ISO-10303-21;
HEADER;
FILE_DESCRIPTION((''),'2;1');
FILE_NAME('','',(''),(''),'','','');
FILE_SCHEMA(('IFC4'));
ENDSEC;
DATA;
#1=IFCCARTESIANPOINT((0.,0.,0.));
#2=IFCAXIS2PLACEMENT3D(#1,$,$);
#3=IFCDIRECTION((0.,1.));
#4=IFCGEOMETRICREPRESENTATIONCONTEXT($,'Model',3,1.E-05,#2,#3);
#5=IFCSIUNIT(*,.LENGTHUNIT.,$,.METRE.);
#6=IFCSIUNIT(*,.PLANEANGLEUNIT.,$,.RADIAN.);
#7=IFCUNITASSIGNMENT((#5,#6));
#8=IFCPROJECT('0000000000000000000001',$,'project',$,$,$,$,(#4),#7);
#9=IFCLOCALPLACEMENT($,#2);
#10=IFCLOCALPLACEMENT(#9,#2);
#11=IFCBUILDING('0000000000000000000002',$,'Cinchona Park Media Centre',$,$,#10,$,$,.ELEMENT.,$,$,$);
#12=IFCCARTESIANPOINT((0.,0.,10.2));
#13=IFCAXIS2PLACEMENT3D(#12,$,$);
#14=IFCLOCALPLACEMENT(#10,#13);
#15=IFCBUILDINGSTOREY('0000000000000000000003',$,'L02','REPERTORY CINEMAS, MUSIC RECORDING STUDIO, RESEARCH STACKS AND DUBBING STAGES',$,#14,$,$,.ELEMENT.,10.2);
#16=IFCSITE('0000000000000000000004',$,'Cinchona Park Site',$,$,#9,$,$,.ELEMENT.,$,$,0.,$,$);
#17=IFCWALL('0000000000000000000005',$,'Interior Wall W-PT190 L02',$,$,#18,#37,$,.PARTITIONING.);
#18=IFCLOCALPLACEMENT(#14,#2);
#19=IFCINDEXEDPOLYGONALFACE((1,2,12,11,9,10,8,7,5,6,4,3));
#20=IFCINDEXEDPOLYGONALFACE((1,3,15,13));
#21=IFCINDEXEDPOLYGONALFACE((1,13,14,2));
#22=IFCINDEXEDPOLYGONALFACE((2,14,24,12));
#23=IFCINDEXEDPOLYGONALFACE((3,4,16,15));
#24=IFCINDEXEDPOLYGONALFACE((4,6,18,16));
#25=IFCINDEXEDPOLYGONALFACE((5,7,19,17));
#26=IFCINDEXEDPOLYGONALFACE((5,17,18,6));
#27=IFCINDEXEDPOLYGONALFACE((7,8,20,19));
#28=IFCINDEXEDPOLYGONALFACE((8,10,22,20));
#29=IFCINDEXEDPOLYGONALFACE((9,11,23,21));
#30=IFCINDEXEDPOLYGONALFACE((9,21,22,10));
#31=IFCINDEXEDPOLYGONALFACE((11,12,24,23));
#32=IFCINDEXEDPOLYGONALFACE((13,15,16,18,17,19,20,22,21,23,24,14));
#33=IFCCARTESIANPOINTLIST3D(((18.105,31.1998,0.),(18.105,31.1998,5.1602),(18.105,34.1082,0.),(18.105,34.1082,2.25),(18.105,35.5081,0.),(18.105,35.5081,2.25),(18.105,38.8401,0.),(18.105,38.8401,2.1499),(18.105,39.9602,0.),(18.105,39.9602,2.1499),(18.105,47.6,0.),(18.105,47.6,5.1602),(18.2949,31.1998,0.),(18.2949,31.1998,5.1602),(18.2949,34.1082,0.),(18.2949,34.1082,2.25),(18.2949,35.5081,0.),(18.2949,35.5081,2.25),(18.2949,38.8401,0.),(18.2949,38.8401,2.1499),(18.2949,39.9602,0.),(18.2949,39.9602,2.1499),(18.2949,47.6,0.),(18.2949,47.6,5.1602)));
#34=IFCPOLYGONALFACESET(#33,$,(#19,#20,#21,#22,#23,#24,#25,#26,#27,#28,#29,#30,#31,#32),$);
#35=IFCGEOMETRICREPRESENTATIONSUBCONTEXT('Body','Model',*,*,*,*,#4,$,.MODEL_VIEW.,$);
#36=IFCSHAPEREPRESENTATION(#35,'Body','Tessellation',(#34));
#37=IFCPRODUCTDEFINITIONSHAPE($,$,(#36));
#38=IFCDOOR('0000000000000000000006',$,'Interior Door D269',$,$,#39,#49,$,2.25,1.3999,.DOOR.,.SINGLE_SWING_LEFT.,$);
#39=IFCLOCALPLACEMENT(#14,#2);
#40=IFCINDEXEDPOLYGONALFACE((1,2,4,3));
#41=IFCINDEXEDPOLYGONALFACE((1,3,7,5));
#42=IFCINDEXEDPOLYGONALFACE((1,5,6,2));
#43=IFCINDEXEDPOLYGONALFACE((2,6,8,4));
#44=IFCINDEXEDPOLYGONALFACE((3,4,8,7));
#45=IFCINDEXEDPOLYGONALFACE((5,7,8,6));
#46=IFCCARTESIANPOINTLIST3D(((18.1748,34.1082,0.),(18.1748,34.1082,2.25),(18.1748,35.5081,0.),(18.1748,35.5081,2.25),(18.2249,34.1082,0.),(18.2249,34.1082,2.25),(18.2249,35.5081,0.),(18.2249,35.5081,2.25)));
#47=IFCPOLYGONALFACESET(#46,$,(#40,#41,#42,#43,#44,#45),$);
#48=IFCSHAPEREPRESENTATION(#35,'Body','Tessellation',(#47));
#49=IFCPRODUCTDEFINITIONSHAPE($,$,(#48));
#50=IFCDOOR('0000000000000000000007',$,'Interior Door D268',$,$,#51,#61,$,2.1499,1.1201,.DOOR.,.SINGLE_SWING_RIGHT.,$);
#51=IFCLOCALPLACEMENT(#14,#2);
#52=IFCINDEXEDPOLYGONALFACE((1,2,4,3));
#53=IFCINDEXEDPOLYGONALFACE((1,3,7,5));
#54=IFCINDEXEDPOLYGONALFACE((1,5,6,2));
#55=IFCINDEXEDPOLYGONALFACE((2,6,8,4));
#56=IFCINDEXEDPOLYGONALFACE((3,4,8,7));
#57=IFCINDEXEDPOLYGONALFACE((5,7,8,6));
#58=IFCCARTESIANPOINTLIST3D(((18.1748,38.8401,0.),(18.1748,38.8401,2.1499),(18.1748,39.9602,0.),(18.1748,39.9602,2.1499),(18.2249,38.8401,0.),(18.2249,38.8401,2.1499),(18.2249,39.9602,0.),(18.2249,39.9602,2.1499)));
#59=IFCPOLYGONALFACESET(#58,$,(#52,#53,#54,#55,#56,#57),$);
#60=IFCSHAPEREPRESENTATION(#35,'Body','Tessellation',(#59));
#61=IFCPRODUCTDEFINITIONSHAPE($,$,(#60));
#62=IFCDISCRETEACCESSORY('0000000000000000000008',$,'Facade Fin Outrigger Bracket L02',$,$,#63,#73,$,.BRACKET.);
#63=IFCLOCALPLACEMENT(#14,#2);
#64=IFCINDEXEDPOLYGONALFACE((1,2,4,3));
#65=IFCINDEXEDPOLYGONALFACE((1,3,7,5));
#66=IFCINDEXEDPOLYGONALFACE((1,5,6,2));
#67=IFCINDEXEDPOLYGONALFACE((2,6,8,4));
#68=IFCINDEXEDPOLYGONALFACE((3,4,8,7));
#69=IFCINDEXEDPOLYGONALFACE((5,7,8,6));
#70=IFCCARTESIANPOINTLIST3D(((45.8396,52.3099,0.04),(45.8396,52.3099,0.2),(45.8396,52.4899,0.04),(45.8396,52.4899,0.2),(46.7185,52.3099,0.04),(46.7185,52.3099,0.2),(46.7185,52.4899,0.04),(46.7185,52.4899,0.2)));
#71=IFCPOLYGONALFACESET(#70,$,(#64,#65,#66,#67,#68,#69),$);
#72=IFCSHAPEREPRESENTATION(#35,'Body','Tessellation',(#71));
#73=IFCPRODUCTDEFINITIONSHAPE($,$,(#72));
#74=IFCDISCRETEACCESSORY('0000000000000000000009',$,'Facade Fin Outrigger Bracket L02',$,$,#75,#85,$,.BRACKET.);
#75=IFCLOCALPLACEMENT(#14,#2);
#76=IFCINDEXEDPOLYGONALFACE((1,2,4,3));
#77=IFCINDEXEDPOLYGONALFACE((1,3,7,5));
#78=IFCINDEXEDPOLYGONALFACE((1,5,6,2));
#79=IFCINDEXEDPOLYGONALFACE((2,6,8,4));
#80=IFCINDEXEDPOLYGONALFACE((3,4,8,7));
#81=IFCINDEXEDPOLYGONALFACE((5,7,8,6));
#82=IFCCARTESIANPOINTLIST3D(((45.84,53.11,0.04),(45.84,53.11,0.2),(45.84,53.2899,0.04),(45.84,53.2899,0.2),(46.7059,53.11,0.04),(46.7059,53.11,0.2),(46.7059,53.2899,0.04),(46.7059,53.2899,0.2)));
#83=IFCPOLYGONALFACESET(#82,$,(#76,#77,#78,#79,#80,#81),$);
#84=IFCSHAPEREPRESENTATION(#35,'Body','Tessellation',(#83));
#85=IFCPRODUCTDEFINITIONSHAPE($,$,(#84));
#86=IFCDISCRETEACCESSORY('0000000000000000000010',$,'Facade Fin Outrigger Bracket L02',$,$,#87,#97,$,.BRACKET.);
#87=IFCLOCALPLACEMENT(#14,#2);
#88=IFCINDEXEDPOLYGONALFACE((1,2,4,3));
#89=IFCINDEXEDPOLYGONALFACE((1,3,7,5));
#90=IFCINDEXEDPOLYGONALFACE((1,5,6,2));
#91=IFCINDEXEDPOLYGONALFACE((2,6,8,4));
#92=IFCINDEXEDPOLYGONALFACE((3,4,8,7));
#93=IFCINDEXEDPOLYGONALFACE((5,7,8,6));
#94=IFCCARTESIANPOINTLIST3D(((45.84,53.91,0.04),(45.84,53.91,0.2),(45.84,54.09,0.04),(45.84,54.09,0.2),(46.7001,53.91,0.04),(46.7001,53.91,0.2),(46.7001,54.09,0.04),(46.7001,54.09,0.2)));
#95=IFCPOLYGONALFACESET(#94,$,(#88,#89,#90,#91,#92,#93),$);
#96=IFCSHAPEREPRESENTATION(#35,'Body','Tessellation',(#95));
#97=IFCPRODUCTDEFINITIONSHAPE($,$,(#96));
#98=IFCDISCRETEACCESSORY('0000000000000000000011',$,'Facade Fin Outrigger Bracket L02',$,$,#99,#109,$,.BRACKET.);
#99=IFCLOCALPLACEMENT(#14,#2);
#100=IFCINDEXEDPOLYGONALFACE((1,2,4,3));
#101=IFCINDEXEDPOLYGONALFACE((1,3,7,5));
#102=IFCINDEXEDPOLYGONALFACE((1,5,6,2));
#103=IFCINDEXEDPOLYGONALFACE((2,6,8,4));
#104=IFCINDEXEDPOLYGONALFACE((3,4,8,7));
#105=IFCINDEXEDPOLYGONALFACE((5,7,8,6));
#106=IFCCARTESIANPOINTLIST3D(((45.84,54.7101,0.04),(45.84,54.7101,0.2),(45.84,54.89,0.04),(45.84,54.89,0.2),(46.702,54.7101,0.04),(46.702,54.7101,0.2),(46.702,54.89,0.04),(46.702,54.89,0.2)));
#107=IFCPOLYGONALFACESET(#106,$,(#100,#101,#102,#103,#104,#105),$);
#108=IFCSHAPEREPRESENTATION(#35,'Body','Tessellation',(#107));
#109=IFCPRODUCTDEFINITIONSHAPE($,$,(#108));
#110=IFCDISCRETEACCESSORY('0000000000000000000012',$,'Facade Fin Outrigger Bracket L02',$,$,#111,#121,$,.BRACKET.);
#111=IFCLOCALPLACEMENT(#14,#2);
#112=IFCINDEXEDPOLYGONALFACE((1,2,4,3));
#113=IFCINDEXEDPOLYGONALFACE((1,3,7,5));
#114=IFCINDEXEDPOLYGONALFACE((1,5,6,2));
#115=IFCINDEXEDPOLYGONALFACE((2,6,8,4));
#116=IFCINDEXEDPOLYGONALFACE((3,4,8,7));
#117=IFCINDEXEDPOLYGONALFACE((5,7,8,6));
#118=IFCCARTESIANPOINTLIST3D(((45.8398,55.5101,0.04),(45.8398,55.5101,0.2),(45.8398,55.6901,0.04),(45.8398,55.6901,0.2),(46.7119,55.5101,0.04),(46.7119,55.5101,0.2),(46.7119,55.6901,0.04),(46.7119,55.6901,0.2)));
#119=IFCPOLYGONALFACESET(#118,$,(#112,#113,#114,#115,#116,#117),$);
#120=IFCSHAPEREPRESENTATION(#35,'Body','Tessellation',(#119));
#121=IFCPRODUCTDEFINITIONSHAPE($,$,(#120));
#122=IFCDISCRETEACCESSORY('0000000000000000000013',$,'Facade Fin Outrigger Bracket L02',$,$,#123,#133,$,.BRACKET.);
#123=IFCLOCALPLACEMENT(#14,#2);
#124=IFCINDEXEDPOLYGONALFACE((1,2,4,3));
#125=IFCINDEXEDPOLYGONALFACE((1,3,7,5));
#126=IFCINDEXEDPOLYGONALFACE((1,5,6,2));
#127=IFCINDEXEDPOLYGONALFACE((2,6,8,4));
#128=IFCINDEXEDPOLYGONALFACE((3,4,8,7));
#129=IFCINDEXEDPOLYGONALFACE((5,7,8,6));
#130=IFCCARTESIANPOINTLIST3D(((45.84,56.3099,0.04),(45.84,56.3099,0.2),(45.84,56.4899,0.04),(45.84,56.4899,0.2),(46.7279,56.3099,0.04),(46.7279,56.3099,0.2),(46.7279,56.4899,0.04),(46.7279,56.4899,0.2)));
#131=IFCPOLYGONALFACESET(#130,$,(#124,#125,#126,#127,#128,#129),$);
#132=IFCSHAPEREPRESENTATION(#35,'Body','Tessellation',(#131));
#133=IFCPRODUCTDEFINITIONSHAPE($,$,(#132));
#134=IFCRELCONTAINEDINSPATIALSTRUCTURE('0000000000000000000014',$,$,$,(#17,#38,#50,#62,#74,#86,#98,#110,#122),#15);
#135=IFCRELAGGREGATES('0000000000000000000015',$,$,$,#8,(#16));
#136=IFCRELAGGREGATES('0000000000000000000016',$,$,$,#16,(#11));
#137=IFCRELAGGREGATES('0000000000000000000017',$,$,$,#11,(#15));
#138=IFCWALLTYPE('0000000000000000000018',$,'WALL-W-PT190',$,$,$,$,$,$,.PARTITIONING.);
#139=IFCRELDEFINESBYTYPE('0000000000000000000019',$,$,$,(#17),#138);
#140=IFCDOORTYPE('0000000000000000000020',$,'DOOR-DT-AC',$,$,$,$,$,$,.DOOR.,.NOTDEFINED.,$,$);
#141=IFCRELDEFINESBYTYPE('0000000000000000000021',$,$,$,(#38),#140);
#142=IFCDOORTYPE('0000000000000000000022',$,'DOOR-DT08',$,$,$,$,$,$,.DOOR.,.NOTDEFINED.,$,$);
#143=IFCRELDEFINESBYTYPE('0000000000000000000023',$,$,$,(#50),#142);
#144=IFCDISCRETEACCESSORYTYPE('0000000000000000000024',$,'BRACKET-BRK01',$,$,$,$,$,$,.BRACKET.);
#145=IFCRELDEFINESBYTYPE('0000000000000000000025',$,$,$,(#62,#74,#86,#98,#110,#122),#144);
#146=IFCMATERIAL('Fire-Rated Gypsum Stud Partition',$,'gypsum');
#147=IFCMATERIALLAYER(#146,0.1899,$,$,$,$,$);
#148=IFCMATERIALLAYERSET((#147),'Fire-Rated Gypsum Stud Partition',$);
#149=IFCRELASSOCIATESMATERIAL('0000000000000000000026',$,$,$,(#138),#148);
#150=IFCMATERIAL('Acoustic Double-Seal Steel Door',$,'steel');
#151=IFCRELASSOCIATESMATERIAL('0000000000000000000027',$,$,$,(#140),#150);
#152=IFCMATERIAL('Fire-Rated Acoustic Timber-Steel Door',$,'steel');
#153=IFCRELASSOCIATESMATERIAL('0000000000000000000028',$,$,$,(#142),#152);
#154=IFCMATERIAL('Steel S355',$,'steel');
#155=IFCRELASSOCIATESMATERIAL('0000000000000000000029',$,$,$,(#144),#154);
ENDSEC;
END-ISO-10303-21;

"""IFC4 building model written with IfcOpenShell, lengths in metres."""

from ifc_helpers import new_model, si_unit, direction, frame, frame_2d, origin, origin_2d, place, context, subcontext, project, spatial, rectangle, extrude, material, layer, layer_set, type_object, element, fill, save


model = new_model("IFC4")

# Units and contexts
model_context = context("Model", 3, precision=1e-05, world=origin(), true_north=direction((0.0, 1.0)))
body_context = subcontext(model_context, "Body", "Model", "MODEL_VIEW")
ifc_project = project(units=[si_unit("LENGTHUNIT", "METRE"), si_unit("PLANEANGLEUNIT", "RADIAN")], contexts=[model_context])

# Site, building, storey
site_placement = place(None, origin())
site = spatial("IfcSite", under=ifc_project, at=site_placement, Name="Cinchona Park Site", CompositionType="ELEMENT", RefElevation=0.0)
building_placement = place(site_placement, origin())
building = spatial("IfcBuilding", under=site, at=building_placement, Name="Cinchona Park Media Centre", CompositionType="ELEMENT")
storey_placement = place(building_placement, frame((0.0, 0.0, 10.2)))
storey = spatial("IfcBuildingStorey", under=building, at=storey_placement, Name="L02", Description="REPERTORY CINEMAS, MUSIC RECORDING STUDIO, RESEARCH STACKS AND DUBBING STAGES", CompositionType="ELEMENT", Elevation=10.2)

# Wall, openings, doors
ifc_material_1 = material(Name="Fire-Rated Gypsum Stud Partition", Category="gypsum")
ifc_layer_1 = layer(ifc_material_1, 0.1899)
ifc_layer_set_1 = layer_set([ifc_layer_1], Name="Fire-Rated Gypsum Stud Partition")
wall_type_1 = type_object("IfcWallType", Name="WALL-W-PT190", PredefinedType="PARTITIONING", material=ifc_layer_set_1)
wall_1_placement = place(storey_placement, frame((18.2, 47.6001, 0.0), z_axis=(0.0, 0.0, 1.0), x_axis=(0.0, -1.0, 0.0)))
wall_1 = element("IfcWall", 1, at=wall_1_placement, inside=storey, type_object=wall_type_1, Name="Interior Wall W-PT190 L02", PredefinedType="PARTITIONING", context=body_context, shape_type="SweptSolid", body=[
    extrude(rectangle(XDim=16.4001, YDim=0.1899, at=frame_2d((8.2002, 0.0))), origin(), (0.0, 0.0, 1.0), 5.1602),
])
opening_1_placement = place(wall_1_placement, frame((7.6399, 0.0, 0.0)))
opening_1 = element("IfcOpeningElement", 2, at=opening_1_placement, cuts=wall_1, PredefinedType="OPENING", context=body_context, shape_type="SweptSolid", body=[
    extrude(rectangle(XDim=1.1201, YDim=2.1499, at=frame_2d((0.5601, 1.075))), frame((0.0, 0.105, 0.0), z_axis=(0.0, -1.0, 0.0), x_axis=(1.0, 0.0, 0.0)), (0.0, 0.0, 1.0), 0.21),
])
opening_2_placement = place(wall_1_placement, frame((12.092, 0.0, 0.0)))
opening_2 = element("IfcOpeningElement", 3, at=opening_2_placement, cuts=wall_1, PredefinedType="OPENING", context=body_context, shape_type="SweptSolid", body=[
    extrude(rectangle(XDim=1.3999, YDim=2.25, at=frame_2d((0.7, 1.125))), frame((0.0, 0.105, 0.0), z_axis=(0.0, -1.0, 0.0), x_axis=(1.0, 0.0, 0.0)), (0.0, 0.0, 1.0), 0.21),
])
ifc_material_2 = material(Name="Acoustic Double-Seal Steel Door", Category="steel")
door_type_1 = type_object("IfcDoorType", Name="DOOR-DT-AC", OperationType="NOTDEFINED", PredefinedType="DOOR", material=ifc_material_2)
door_1_placement = place(opening_2_placement, origin())
door_1 = element("IfcDoor", 4, at=door_1_placement, inside=storey, type_object=door_type_1, Name="Interior Door D269", OperationType="SINGLE_SWING_LEFT", OverallHeight=2.25, OverallWidth=1.3999, PredefinedType="DOOR", context=body_context, shape_type="SweptSolid", body=[
    extrude(rectangle(XDim=1.3999, YDim=2.25, at=frame_2d((0.7, 1.125))), frame((0.0, 0.0249, 0.0), z_axis=(0.0, -1.0, 0.0), x_axis=(1.0, 0.0, 0.0)), (0.0, 0.0, 1.0), 0.05),
])
fill(opening_2, door_1)
ifc_material_3 = material(Name="Fire-Rated Acoustic Timber-Steel Door", Category="steel")
door_type_2 = type_object("IfcDoorType", Name="DOOR-DT08", OperationType="NOTDEFINED", PredefinedType="DOOR", material=ifc_material_3)
door_2_placement = place(opening_1_placement, origin())
door_2 = element("IfcDoor", 5, at=door_2_placement, inside=storey, type_object=door_type_2, Name="Interior Door D268", OperationType="SINGLE_SWING_RIGHT", OverallHeight=2.1499, OverallWidth=1.1201, PredefinedType="DOOR", context=body_context, shape_type="SweptSolid", body=[
    extrude(rectangle(XDim=1.1201, YDim=2.1499, at=frame_2d((0.5601, 1.075))), frame((0.0, 0.0249, 0.0), z_axis=(0.0, -1.0, 0.0), x_axis=(1.0, 0.0, 0.0)), (0.0, 0.0, 1.0), 0.05),
])
fill(opening_1, door_2)

# Discrete accessories
ifc_material_4 = material(Name="Steel S355", Category="steel")
discrete_accessory_type = type_object("IfcDiscreteAccessoryType", Name="BRACKET-BRK01", PredefinedType="BRACKET", material=ifc_material_4)
discrete_accessory_1_placement = place(storey_placement, frame((46.2791, 52.3999, 0.04), z_axis=(0.0, 0.0, 1.0), x_axis=(0.0, 1.0, 0.0)))
element("IfcDiscreteAccessory", 6, at=discrete_accessory_1_placement, inside=storey, type_object=discrete_accessory_type, Name="Facade Fin Outrigger Bracket L02", PredefinedType="BRACKET", context=body_context, shape_type="SweptSolid", body=[
    extrude(rectangle(XDim=0.1799, YDim=0.8789, at=origin_2d()), origin(), (0.0, 0.0, 1.0), 0.1599),
])
discrete_accessory_2_placement = place(storey_placement, frame((46.2729, 53.2, 0.04), z_axis=(0.0, 0.0, 1.0), x_axis=(0.0, 1.0, 0.0)))
element("IfcDiscreteAccessory", 7, at=discrete_accessory_2_placement, inside=storey, type_object=discrete_accessory_type, Name="Facade Fin Outrigger Bracket L02", PredefinedType="BRACKET", context=body_context, shape_type="SweptSolid", body=[
    extrude(rectangle(XDim=0.1799, YDim=0.866, at=origin_2d()), origin(), (0.0, 0.0, 1.0), 0.1599),
])
discrete_accessory_3_placement = place(storey_placement, frame((46.27, 54.0, 0.04), z_axis=(0.0, 0.0, 1.0), x_axis=(0.0, 1.0, 0.0)))
element("IfcDiscreteAccessory", 8, at=discrete_accessory_3_placement, inside=storey, type_object=discrete_accessory_type, Name="Facade Fin Outrigger Bracket L02", PredefinedType="BRACKET", context=body_context, shape_type="SweptSolid", body=[
    extrude(rectangle(XDim=0.1799, YDim=0.8601, at=origin_2d()), origin(), (0.0, 0.0, 1.0), 0.1599),
])
discrete_accessory_4_placement = place(storey_placement, frame((46.271, 54.8, 0.04), z_axis=(0.0, 0.0, 1.0), x_axis=(0.0, 1.0, 0.0)))
element("IfcDiscreteAccessory", 9, at=discrete_accessory_4_placement, inside=storey, type_object=discrete_accessory_type, Name="Facade Fin Outrigger Bracket L02", PredefinedType="BRACKET", context=body_context, shape_type="SweptSolid", body=[
    extrude(rectangle(XDim=0.1799, YDim=0.8621, at=origin_2d()), origin(), (0.0, 0.0, 1.0), 0.1599),
])
discrete_accessory_5_placement = place(storey_placement, frame((46.2759, 55.6001, 0.04), z_axis=(0.0, 0.0, 1.0), x_axis=(0.0, 1.0, 0.0)))
element("IfcDiscreteAccessory", 10, at=discrete_accessory_5_placement, inside=storey, type_object=discrete_accessory_type, Name="Facade Fin Outrigger Bracket L02", PredefinedType="BRACKET", context=body_context, shape_type="SweptSolid", body=[
    extrude(rectangle(XDim=0.1799, YDim=0.8721, at=origin_2d()), origin(), (0.0, 0.0, 1.0), 0.1599),
])
discrete_accessory_6_placement = place(storey_placement, frame((46.2839, 56.3999, 0.04), z_axis=(0.0, 0.0, 1.0), x_axis=(0.0, 1.0, 0.0)))
element("IfcDiscreteAccessory", 11, at=discrete_accessory_6_placement, inside=storey, type_object=discrete_accessory_type, Name="Facade Fin Outrigger Bracket L02", PredefinedType="BRACKET", context=body_context, shape_type="SweptSolid", body=[
    extrude(rectangle(XDim=0.1799, YDim=0.8879, at=origin_2d()), origin(), (0.0, 0.0, 1.0), 0.1599),
])

save(model, "model.ifc")
